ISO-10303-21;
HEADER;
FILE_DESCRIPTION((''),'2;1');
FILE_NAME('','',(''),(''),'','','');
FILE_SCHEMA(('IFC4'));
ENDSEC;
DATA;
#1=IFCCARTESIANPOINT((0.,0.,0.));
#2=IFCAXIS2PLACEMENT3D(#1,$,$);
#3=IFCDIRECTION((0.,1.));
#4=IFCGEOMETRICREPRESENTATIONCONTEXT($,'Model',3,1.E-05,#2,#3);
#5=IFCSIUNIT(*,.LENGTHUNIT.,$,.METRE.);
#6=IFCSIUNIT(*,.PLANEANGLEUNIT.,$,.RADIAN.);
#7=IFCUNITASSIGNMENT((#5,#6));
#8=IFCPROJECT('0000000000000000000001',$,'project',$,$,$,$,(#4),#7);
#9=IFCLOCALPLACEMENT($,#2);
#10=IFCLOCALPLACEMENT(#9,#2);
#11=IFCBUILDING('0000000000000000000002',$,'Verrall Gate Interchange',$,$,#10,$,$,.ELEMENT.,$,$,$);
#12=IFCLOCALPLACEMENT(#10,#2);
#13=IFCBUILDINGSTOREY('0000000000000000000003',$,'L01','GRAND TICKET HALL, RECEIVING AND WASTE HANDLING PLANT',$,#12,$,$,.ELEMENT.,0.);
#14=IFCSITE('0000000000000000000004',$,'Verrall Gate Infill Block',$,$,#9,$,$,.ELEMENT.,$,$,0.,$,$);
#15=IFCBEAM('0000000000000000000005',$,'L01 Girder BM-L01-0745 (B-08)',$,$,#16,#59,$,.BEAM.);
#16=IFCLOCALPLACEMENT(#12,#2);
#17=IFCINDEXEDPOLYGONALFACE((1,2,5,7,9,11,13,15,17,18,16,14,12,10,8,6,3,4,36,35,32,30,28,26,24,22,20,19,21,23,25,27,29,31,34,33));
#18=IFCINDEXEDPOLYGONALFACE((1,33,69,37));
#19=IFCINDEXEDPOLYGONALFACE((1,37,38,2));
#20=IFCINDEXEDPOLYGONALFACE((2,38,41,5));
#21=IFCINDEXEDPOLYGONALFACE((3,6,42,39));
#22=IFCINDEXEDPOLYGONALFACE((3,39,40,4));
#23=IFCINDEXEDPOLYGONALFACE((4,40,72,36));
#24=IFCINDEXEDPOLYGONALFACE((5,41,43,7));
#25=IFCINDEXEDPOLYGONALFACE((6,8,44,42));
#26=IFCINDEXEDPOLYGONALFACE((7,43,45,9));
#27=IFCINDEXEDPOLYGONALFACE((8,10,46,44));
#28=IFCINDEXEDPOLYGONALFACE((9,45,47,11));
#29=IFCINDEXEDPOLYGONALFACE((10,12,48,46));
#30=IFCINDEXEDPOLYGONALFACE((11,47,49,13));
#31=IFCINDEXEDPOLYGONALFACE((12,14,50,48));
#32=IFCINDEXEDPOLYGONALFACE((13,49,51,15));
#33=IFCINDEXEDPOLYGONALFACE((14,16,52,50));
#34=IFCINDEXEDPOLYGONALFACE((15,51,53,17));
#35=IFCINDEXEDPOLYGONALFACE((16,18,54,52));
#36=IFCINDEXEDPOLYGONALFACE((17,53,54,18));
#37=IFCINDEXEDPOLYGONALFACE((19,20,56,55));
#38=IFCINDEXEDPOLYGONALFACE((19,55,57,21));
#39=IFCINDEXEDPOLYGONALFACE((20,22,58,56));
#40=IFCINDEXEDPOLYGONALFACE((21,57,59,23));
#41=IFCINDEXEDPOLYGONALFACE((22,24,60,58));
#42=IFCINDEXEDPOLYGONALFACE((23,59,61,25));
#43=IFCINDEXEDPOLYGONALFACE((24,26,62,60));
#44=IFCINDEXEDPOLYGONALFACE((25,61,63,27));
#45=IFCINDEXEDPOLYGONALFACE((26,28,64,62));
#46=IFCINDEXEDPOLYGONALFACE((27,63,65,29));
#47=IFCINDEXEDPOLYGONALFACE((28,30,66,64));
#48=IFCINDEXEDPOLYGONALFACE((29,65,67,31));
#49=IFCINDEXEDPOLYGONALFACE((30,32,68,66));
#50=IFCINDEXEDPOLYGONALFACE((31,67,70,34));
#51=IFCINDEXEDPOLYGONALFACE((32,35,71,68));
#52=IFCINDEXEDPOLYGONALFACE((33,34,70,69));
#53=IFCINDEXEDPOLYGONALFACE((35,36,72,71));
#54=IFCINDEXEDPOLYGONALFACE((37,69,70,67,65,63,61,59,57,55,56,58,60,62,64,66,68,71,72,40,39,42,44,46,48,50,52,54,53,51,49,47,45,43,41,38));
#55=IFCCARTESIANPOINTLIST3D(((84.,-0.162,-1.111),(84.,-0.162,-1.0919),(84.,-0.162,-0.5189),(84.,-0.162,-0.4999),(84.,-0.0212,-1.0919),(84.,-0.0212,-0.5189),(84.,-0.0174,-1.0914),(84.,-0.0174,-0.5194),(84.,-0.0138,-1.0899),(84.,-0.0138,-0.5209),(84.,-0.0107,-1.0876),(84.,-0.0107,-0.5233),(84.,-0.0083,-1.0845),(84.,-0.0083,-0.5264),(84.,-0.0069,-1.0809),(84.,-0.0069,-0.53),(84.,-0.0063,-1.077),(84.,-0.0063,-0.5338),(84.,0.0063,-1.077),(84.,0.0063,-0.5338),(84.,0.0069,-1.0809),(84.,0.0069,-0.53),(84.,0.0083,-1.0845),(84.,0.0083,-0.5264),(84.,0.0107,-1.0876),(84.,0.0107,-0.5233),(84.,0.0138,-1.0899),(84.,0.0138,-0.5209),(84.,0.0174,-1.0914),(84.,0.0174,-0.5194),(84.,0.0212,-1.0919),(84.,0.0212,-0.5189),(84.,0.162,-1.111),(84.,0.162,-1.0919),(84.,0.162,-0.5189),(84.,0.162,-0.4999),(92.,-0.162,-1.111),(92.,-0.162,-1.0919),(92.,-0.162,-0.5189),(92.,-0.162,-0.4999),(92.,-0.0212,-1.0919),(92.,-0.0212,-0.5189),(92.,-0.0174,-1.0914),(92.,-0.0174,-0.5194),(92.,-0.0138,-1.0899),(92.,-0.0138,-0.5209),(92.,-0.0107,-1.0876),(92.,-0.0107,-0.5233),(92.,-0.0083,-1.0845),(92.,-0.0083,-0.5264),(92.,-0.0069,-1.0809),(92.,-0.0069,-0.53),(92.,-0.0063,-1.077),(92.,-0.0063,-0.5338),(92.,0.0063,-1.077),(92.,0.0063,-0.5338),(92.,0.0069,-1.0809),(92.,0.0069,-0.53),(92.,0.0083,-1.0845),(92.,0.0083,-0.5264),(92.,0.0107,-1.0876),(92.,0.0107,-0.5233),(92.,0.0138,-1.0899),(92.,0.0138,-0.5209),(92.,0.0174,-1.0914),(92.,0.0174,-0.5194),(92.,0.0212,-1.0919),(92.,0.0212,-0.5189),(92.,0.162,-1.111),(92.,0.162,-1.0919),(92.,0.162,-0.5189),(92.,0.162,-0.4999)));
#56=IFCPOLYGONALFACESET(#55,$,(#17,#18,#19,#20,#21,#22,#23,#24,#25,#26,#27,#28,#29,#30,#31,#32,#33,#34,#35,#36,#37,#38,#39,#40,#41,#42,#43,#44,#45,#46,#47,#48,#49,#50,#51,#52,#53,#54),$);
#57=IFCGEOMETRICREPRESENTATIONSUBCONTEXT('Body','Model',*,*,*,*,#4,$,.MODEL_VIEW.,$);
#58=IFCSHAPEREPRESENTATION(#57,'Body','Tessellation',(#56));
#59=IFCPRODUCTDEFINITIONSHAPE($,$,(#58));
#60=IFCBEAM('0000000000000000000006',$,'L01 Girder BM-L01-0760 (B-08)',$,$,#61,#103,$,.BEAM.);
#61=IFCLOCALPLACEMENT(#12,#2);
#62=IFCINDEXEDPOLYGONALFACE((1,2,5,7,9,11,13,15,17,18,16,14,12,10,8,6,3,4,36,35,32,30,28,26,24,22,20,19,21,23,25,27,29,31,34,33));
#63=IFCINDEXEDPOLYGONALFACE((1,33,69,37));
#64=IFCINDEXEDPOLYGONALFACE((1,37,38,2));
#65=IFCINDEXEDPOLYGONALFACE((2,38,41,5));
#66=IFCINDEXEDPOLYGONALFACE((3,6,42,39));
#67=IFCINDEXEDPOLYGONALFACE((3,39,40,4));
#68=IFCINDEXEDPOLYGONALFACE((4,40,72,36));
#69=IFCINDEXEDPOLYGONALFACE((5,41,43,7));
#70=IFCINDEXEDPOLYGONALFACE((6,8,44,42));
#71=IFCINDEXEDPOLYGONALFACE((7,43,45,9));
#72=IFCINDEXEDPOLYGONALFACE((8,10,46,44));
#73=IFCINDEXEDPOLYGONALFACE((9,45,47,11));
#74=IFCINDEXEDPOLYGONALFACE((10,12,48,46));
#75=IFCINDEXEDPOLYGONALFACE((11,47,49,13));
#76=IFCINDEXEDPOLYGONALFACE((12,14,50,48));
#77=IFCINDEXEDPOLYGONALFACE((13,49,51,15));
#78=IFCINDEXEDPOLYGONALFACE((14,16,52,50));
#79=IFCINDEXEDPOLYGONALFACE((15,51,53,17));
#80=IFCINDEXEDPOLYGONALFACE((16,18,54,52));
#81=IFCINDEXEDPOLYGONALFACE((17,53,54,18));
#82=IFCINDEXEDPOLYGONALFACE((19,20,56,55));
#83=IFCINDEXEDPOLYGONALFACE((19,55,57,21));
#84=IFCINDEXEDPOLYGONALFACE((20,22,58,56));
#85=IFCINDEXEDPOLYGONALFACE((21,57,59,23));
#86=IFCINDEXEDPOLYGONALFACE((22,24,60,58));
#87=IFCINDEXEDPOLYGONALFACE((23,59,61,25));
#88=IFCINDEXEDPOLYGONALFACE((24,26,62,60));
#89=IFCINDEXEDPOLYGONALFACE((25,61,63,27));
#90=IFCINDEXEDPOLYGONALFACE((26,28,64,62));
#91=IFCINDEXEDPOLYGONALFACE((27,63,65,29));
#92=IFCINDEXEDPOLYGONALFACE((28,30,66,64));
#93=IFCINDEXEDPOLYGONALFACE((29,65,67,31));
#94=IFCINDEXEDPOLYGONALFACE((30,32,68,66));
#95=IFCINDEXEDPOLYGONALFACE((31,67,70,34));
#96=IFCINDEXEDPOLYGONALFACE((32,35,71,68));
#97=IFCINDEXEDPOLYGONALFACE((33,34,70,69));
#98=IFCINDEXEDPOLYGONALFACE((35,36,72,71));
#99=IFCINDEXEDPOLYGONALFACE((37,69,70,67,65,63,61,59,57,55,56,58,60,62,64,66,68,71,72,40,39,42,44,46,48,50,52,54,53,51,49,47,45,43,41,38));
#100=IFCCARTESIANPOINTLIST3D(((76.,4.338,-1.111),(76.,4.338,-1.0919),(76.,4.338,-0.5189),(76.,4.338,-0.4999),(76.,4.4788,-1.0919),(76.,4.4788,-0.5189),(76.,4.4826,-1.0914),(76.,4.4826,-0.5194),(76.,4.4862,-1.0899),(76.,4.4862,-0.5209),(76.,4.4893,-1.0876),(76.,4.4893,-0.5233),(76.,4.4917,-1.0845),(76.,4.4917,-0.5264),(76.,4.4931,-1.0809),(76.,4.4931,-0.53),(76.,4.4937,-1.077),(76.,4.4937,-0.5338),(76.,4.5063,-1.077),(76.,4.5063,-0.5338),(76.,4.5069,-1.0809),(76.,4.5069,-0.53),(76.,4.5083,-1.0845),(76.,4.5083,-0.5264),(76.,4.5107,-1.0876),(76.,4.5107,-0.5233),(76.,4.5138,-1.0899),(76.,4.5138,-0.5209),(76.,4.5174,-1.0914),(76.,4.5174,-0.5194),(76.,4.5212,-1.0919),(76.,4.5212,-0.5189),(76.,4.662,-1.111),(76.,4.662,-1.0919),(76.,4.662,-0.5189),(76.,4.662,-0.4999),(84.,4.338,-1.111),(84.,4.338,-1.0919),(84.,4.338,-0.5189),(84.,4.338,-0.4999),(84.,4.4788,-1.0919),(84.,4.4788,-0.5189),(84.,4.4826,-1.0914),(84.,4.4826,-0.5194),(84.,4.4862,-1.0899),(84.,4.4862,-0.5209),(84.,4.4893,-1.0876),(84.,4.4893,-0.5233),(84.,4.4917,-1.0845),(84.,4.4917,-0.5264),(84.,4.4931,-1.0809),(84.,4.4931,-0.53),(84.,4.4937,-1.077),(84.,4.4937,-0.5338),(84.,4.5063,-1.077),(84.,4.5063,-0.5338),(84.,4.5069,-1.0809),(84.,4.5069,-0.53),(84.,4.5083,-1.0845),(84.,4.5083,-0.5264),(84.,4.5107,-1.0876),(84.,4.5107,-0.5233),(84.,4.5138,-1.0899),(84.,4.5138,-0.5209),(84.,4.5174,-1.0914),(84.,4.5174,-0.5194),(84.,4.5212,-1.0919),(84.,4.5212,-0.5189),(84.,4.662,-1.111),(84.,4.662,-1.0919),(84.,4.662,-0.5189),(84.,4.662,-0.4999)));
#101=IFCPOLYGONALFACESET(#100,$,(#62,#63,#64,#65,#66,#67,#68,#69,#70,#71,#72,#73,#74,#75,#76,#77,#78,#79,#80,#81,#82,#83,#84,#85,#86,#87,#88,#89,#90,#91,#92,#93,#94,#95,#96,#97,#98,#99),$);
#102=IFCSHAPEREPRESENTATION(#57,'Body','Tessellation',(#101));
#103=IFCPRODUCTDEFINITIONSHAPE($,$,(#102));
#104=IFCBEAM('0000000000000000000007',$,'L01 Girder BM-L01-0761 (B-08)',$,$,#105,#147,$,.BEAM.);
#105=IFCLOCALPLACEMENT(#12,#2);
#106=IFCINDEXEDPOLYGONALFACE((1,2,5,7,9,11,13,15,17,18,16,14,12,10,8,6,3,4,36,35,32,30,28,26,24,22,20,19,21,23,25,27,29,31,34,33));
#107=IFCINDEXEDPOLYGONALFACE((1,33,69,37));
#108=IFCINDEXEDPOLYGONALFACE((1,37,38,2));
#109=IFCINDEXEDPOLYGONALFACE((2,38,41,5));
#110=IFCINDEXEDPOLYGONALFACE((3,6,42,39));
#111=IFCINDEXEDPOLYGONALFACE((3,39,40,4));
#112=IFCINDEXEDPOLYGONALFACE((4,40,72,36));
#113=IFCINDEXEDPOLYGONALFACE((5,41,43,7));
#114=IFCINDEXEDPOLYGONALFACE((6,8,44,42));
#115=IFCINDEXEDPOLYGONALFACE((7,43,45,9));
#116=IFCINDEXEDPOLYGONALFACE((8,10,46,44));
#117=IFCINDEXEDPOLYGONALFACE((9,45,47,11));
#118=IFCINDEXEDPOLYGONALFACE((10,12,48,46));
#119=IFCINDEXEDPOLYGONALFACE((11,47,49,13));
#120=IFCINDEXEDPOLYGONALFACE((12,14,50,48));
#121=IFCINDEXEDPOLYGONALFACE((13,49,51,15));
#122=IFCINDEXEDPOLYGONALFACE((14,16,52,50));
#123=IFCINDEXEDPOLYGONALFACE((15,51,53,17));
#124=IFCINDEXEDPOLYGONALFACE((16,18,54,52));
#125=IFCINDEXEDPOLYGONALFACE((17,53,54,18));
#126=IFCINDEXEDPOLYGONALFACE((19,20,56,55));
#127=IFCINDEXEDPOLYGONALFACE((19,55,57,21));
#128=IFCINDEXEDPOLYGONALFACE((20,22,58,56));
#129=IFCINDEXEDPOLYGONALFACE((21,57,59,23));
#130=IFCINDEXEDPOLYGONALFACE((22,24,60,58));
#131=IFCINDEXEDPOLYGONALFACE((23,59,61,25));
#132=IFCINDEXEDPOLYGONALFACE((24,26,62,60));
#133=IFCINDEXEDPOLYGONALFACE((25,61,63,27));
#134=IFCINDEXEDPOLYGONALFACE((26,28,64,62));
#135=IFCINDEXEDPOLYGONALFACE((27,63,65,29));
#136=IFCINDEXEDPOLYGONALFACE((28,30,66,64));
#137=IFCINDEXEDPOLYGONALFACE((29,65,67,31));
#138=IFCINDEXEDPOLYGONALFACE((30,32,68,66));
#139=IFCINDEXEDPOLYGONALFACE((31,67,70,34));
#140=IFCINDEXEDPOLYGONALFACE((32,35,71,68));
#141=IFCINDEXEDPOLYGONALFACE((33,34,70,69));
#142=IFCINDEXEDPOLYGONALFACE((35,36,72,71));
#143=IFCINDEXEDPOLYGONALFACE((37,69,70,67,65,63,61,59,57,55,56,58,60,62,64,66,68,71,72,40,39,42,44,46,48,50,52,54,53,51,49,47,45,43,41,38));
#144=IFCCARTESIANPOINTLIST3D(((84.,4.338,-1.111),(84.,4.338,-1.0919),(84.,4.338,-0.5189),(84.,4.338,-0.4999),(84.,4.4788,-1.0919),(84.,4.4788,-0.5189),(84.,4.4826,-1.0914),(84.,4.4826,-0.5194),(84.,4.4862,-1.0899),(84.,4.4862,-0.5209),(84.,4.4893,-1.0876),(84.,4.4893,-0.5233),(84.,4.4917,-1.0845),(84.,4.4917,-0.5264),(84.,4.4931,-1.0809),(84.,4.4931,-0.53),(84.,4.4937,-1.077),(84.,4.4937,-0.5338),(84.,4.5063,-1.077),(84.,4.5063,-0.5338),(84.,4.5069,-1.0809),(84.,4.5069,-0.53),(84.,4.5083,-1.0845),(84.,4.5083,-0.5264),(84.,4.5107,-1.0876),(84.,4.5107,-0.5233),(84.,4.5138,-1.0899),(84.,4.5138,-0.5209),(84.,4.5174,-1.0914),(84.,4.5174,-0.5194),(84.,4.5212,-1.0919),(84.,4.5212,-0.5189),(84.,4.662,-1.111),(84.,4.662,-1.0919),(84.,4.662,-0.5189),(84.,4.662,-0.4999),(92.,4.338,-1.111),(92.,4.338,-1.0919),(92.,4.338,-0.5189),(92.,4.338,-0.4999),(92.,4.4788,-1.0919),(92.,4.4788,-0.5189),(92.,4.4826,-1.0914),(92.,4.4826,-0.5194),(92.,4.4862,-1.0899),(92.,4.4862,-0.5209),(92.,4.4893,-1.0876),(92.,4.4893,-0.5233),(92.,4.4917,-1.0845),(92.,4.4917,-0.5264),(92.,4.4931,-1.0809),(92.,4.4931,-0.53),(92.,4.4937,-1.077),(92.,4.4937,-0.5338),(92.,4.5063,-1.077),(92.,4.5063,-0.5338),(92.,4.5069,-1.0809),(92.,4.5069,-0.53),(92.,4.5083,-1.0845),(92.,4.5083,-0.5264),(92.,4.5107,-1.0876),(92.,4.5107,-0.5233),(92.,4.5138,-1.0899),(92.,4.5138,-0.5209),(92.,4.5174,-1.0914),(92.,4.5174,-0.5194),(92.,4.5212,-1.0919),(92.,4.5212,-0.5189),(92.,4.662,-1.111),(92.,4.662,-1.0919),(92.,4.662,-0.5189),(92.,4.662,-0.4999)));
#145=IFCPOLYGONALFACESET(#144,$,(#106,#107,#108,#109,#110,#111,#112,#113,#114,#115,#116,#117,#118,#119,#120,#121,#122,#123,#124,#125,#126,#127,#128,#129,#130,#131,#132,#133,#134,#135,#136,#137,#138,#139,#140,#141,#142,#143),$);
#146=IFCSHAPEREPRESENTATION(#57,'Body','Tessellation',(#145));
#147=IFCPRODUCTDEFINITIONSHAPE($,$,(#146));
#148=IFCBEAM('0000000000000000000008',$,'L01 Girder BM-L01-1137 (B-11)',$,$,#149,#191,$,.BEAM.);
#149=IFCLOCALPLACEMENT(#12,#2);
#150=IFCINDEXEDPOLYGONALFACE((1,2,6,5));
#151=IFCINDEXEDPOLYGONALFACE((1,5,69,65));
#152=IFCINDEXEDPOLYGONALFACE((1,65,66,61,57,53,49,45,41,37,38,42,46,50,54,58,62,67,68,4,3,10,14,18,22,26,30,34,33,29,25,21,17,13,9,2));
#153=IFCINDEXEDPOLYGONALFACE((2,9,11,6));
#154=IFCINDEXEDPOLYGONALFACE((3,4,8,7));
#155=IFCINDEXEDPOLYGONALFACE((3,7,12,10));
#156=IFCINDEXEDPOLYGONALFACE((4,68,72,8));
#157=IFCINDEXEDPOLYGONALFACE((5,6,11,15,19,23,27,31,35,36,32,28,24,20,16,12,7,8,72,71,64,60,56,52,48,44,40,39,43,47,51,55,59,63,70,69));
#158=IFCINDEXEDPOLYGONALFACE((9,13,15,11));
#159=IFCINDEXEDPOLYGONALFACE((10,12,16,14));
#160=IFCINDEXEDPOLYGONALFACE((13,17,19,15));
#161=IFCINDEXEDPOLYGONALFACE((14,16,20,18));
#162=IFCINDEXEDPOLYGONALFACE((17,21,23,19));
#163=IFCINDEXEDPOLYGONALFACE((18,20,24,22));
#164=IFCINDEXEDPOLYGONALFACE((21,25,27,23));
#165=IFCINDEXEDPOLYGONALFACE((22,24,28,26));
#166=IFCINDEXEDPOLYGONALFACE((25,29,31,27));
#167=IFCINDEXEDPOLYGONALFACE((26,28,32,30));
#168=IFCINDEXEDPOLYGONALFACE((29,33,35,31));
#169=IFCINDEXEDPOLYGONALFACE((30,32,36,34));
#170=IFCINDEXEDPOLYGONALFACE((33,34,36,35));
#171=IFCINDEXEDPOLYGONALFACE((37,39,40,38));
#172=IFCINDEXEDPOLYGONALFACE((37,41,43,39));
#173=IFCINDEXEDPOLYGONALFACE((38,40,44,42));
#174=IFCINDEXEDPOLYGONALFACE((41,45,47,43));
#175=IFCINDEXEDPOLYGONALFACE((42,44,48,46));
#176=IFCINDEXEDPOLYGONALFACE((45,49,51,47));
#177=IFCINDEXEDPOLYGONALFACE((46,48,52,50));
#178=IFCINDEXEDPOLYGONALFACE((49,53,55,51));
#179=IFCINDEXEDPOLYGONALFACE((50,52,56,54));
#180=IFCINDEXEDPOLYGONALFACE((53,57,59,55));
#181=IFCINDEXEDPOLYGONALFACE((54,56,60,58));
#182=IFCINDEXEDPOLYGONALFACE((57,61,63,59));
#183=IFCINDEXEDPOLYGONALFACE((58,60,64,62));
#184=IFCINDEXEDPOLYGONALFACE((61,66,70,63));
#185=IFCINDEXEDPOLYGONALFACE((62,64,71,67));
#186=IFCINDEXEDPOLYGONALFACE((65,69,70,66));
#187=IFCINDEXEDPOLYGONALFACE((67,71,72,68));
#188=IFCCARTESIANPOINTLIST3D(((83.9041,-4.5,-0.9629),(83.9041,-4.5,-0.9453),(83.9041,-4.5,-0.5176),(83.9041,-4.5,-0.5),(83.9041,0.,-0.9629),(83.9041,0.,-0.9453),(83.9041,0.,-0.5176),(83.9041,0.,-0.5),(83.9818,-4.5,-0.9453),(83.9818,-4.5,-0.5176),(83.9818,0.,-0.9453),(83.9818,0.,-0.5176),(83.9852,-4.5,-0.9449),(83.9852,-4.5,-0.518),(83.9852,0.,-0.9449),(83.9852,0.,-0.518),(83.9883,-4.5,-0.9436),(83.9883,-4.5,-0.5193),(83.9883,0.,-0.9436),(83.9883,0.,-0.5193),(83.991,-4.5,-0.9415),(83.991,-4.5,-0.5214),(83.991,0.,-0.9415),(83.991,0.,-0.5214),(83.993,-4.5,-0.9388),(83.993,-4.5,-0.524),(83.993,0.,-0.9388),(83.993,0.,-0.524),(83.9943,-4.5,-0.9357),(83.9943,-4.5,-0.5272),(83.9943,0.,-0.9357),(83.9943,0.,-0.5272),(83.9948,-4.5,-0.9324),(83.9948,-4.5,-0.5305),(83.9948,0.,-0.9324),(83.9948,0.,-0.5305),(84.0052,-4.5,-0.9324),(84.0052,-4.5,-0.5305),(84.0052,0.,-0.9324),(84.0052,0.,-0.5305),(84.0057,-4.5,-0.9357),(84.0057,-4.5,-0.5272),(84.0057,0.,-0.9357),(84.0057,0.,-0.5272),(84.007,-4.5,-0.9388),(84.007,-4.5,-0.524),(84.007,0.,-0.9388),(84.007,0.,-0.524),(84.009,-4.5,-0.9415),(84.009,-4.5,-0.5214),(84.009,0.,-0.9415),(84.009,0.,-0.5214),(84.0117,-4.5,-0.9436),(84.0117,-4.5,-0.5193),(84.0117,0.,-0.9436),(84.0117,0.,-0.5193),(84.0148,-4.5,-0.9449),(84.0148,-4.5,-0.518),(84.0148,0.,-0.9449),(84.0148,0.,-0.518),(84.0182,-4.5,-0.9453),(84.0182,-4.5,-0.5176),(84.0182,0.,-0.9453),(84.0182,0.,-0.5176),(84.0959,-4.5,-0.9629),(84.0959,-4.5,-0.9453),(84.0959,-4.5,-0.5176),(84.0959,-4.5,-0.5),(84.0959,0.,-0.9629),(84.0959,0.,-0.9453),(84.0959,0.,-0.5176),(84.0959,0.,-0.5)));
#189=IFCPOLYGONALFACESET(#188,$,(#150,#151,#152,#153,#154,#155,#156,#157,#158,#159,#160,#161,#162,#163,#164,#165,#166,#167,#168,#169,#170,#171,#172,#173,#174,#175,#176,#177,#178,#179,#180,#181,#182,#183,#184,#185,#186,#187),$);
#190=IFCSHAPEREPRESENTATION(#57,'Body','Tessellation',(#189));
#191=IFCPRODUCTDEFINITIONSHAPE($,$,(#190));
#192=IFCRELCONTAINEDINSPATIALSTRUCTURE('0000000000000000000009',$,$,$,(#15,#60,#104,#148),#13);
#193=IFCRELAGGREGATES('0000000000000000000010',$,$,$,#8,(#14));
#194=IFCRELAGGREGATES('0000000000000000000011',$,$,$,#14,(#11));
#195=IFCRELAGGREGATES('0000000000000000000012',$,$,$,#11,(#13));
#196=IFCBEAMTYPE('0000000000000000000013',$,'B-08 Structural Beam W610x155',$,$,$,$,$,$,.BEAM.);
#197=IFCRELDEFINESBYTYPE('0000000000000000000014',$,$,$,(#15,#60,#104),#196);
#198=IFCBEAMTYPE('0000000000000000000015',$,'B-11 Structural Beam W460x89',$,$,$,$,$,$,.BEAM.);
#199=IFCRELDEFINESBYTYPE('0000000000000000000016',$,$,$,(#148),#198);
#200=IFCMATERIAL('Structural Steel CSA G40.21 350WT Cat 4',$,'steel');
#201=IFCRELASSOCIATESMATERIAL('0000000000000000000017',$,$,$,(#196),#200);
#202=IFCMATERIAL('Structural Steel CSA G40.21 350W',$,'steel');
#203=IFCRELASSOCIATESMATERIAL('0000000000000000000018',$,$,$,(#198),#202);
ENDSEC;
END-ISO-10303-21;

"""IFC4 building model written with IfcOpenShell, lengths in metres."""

from ifc_helpers import new_model, si_unit, direction, frame, origin, origin_2d, place, context, subcontext, project, spatial, i_section, extrude, material, material_profile, profile_set, type_object, element, save


model = new_model("IFC4")

# Units and contexts
model_context = context("Model", 3, precision=1e-05, world=origin(), true_north=direction((0.0, 1.0)))
body_context = subcontext(model_context, "Body", "Model", "MODEL_VIEW")
ifc_project = project(units=[si_unit("LENGTHUNIT", "METRE"), si_unit("PLANEANGLEUNIT", "RADIAN")], contexts=[model_context])

# Site, building, storey
site_placement = place(None, origin())
site = spatial("IfcSite", under=ifc_project, at=site_placement, Name="Verrall Gate Infill Block", CompositionType="ELEMENT", RefElevation=0.0)
building_placement = place(site_placement, origin())
building = spatial("IfcBuilding", under=site, at=building_placement, Name="Verrall Gate Interchange", CompositionType="ELEMENT")
storey_placement = place(building_placement, origin())
storey = spatial("IfcBuildingStorey", under=building, at=storey_placement, Name="L01", Description="GRAND TICKET HALL, RECEIVING AND WASTE HANDLING PLANT", CompositionType="ELEMENT", Elevation=0.0)

# Beams
ifc_material_1 = material(Name="Structural Steel CSA G40.21 350WT Cat 4", Category="steel")
ifc_material_profile_1 = material_profile(ifc_material_1, i_section(OverallWidth=0.324, OverallDepth=0.6111, WebThickness=0.0127, FlangeThickness=0.019, FilletRadius=0.0149, at=origin_2d()), Name="W610x155")
ifc_profile_set_1 = profile_set([ifc_material_profile_1], Name="Structural Steel CSA G40.21 350WT Cat 4")
beam_type_1 = type_object("IfcBeamType", Name="B-08 Structural Beam W610x155", PredefinedType="BEAM", material=ifc_profile_set_1)
for number, where, z_axis, x_axis, name in (
    (1, (84.0, 0.0, -0.8054), (1.0, 0.0, 0.0), (0.0, 1.0, 0.0), "L01 Girder BM-L01-0745 (B-08)"),
    (2, (76.0, 4.5, -0.8054), (1.0, 0.0, 0.0), (0.0, 1.0, 0.0), "L01 Girder BM-L01-0760 (B-08)"),
    (3, (84.0, 4.5, -0.8054), (1.0, 0.0, 0.0), (0.0, 1.0, 0.0), "L01 Girder BM-L01-0761 (B-08)"),
):
    element("IfcBeam", number, at=place(storey_placement, frame(where, z_axis=z_axis, x_axis=x_axis)), inside=storey, type_object=beam_type_1, Name=name, PredefinedType="BEAM", context=body_context, shape_type="SweptSolid", body=[
        extrude(i_section(OverallWidth=0.324, OverallDepth=0.6111, WebThickness=0.0127, FlangeThickness=0.019, FilletRadius=0.0149, at=origin_2d()), origin(), (0.0, 0.0, 1.0), 8.0),
    ])
ifc_material_2 = material(Name="Structural Steel CSA G40.21 350W", Category="steel")
ifc_material_profile_2 = material_profile(ifc_material_2, i_section(OverallWidth=0.1919, OverallDepth=0.4629, WebThickness=0.0105, FlangeThickness=0.0176, FilletRadius=0.0129, at=origin_2d()), Name="W460x89")
ifc_profile_set_2 = profile_set([ifc_material_profile_2], Name="Structural Steel CSA G40.21 350W")
beam_type_2 = type_object("IfcBeamType", Name="B-11 Structural Beam W460x89", PredefinedType="BEAM", material=ifc_profile_set_2)
beam_1_placement = place(storey_placement, frame((84.0, -4.5, -0.7314), z_axis=(0.0, 1.0, 0.0), x_axis=(-1.0, 0.0, 0.0)))
element("IfcBeam", 4, at=beam_1_placement, inside=storey, type_object=beam_type_2, Name="L01 Girder BM-L01-1137 (B-11)", PredefinedType="BEAM", context=body_context, shape_type="SweptSolid", body=[
    extrude(i_section(OverallWidth=0.1919, OverallDepth=0.4629, WebThickness=0.0105, FlangeThickness=0.0176, FilletRadius=0.0129, at=origin_2d()), origin(), (0.0, 0.0, 1.0), 4.5),
])

save(model, "model.ifc")
